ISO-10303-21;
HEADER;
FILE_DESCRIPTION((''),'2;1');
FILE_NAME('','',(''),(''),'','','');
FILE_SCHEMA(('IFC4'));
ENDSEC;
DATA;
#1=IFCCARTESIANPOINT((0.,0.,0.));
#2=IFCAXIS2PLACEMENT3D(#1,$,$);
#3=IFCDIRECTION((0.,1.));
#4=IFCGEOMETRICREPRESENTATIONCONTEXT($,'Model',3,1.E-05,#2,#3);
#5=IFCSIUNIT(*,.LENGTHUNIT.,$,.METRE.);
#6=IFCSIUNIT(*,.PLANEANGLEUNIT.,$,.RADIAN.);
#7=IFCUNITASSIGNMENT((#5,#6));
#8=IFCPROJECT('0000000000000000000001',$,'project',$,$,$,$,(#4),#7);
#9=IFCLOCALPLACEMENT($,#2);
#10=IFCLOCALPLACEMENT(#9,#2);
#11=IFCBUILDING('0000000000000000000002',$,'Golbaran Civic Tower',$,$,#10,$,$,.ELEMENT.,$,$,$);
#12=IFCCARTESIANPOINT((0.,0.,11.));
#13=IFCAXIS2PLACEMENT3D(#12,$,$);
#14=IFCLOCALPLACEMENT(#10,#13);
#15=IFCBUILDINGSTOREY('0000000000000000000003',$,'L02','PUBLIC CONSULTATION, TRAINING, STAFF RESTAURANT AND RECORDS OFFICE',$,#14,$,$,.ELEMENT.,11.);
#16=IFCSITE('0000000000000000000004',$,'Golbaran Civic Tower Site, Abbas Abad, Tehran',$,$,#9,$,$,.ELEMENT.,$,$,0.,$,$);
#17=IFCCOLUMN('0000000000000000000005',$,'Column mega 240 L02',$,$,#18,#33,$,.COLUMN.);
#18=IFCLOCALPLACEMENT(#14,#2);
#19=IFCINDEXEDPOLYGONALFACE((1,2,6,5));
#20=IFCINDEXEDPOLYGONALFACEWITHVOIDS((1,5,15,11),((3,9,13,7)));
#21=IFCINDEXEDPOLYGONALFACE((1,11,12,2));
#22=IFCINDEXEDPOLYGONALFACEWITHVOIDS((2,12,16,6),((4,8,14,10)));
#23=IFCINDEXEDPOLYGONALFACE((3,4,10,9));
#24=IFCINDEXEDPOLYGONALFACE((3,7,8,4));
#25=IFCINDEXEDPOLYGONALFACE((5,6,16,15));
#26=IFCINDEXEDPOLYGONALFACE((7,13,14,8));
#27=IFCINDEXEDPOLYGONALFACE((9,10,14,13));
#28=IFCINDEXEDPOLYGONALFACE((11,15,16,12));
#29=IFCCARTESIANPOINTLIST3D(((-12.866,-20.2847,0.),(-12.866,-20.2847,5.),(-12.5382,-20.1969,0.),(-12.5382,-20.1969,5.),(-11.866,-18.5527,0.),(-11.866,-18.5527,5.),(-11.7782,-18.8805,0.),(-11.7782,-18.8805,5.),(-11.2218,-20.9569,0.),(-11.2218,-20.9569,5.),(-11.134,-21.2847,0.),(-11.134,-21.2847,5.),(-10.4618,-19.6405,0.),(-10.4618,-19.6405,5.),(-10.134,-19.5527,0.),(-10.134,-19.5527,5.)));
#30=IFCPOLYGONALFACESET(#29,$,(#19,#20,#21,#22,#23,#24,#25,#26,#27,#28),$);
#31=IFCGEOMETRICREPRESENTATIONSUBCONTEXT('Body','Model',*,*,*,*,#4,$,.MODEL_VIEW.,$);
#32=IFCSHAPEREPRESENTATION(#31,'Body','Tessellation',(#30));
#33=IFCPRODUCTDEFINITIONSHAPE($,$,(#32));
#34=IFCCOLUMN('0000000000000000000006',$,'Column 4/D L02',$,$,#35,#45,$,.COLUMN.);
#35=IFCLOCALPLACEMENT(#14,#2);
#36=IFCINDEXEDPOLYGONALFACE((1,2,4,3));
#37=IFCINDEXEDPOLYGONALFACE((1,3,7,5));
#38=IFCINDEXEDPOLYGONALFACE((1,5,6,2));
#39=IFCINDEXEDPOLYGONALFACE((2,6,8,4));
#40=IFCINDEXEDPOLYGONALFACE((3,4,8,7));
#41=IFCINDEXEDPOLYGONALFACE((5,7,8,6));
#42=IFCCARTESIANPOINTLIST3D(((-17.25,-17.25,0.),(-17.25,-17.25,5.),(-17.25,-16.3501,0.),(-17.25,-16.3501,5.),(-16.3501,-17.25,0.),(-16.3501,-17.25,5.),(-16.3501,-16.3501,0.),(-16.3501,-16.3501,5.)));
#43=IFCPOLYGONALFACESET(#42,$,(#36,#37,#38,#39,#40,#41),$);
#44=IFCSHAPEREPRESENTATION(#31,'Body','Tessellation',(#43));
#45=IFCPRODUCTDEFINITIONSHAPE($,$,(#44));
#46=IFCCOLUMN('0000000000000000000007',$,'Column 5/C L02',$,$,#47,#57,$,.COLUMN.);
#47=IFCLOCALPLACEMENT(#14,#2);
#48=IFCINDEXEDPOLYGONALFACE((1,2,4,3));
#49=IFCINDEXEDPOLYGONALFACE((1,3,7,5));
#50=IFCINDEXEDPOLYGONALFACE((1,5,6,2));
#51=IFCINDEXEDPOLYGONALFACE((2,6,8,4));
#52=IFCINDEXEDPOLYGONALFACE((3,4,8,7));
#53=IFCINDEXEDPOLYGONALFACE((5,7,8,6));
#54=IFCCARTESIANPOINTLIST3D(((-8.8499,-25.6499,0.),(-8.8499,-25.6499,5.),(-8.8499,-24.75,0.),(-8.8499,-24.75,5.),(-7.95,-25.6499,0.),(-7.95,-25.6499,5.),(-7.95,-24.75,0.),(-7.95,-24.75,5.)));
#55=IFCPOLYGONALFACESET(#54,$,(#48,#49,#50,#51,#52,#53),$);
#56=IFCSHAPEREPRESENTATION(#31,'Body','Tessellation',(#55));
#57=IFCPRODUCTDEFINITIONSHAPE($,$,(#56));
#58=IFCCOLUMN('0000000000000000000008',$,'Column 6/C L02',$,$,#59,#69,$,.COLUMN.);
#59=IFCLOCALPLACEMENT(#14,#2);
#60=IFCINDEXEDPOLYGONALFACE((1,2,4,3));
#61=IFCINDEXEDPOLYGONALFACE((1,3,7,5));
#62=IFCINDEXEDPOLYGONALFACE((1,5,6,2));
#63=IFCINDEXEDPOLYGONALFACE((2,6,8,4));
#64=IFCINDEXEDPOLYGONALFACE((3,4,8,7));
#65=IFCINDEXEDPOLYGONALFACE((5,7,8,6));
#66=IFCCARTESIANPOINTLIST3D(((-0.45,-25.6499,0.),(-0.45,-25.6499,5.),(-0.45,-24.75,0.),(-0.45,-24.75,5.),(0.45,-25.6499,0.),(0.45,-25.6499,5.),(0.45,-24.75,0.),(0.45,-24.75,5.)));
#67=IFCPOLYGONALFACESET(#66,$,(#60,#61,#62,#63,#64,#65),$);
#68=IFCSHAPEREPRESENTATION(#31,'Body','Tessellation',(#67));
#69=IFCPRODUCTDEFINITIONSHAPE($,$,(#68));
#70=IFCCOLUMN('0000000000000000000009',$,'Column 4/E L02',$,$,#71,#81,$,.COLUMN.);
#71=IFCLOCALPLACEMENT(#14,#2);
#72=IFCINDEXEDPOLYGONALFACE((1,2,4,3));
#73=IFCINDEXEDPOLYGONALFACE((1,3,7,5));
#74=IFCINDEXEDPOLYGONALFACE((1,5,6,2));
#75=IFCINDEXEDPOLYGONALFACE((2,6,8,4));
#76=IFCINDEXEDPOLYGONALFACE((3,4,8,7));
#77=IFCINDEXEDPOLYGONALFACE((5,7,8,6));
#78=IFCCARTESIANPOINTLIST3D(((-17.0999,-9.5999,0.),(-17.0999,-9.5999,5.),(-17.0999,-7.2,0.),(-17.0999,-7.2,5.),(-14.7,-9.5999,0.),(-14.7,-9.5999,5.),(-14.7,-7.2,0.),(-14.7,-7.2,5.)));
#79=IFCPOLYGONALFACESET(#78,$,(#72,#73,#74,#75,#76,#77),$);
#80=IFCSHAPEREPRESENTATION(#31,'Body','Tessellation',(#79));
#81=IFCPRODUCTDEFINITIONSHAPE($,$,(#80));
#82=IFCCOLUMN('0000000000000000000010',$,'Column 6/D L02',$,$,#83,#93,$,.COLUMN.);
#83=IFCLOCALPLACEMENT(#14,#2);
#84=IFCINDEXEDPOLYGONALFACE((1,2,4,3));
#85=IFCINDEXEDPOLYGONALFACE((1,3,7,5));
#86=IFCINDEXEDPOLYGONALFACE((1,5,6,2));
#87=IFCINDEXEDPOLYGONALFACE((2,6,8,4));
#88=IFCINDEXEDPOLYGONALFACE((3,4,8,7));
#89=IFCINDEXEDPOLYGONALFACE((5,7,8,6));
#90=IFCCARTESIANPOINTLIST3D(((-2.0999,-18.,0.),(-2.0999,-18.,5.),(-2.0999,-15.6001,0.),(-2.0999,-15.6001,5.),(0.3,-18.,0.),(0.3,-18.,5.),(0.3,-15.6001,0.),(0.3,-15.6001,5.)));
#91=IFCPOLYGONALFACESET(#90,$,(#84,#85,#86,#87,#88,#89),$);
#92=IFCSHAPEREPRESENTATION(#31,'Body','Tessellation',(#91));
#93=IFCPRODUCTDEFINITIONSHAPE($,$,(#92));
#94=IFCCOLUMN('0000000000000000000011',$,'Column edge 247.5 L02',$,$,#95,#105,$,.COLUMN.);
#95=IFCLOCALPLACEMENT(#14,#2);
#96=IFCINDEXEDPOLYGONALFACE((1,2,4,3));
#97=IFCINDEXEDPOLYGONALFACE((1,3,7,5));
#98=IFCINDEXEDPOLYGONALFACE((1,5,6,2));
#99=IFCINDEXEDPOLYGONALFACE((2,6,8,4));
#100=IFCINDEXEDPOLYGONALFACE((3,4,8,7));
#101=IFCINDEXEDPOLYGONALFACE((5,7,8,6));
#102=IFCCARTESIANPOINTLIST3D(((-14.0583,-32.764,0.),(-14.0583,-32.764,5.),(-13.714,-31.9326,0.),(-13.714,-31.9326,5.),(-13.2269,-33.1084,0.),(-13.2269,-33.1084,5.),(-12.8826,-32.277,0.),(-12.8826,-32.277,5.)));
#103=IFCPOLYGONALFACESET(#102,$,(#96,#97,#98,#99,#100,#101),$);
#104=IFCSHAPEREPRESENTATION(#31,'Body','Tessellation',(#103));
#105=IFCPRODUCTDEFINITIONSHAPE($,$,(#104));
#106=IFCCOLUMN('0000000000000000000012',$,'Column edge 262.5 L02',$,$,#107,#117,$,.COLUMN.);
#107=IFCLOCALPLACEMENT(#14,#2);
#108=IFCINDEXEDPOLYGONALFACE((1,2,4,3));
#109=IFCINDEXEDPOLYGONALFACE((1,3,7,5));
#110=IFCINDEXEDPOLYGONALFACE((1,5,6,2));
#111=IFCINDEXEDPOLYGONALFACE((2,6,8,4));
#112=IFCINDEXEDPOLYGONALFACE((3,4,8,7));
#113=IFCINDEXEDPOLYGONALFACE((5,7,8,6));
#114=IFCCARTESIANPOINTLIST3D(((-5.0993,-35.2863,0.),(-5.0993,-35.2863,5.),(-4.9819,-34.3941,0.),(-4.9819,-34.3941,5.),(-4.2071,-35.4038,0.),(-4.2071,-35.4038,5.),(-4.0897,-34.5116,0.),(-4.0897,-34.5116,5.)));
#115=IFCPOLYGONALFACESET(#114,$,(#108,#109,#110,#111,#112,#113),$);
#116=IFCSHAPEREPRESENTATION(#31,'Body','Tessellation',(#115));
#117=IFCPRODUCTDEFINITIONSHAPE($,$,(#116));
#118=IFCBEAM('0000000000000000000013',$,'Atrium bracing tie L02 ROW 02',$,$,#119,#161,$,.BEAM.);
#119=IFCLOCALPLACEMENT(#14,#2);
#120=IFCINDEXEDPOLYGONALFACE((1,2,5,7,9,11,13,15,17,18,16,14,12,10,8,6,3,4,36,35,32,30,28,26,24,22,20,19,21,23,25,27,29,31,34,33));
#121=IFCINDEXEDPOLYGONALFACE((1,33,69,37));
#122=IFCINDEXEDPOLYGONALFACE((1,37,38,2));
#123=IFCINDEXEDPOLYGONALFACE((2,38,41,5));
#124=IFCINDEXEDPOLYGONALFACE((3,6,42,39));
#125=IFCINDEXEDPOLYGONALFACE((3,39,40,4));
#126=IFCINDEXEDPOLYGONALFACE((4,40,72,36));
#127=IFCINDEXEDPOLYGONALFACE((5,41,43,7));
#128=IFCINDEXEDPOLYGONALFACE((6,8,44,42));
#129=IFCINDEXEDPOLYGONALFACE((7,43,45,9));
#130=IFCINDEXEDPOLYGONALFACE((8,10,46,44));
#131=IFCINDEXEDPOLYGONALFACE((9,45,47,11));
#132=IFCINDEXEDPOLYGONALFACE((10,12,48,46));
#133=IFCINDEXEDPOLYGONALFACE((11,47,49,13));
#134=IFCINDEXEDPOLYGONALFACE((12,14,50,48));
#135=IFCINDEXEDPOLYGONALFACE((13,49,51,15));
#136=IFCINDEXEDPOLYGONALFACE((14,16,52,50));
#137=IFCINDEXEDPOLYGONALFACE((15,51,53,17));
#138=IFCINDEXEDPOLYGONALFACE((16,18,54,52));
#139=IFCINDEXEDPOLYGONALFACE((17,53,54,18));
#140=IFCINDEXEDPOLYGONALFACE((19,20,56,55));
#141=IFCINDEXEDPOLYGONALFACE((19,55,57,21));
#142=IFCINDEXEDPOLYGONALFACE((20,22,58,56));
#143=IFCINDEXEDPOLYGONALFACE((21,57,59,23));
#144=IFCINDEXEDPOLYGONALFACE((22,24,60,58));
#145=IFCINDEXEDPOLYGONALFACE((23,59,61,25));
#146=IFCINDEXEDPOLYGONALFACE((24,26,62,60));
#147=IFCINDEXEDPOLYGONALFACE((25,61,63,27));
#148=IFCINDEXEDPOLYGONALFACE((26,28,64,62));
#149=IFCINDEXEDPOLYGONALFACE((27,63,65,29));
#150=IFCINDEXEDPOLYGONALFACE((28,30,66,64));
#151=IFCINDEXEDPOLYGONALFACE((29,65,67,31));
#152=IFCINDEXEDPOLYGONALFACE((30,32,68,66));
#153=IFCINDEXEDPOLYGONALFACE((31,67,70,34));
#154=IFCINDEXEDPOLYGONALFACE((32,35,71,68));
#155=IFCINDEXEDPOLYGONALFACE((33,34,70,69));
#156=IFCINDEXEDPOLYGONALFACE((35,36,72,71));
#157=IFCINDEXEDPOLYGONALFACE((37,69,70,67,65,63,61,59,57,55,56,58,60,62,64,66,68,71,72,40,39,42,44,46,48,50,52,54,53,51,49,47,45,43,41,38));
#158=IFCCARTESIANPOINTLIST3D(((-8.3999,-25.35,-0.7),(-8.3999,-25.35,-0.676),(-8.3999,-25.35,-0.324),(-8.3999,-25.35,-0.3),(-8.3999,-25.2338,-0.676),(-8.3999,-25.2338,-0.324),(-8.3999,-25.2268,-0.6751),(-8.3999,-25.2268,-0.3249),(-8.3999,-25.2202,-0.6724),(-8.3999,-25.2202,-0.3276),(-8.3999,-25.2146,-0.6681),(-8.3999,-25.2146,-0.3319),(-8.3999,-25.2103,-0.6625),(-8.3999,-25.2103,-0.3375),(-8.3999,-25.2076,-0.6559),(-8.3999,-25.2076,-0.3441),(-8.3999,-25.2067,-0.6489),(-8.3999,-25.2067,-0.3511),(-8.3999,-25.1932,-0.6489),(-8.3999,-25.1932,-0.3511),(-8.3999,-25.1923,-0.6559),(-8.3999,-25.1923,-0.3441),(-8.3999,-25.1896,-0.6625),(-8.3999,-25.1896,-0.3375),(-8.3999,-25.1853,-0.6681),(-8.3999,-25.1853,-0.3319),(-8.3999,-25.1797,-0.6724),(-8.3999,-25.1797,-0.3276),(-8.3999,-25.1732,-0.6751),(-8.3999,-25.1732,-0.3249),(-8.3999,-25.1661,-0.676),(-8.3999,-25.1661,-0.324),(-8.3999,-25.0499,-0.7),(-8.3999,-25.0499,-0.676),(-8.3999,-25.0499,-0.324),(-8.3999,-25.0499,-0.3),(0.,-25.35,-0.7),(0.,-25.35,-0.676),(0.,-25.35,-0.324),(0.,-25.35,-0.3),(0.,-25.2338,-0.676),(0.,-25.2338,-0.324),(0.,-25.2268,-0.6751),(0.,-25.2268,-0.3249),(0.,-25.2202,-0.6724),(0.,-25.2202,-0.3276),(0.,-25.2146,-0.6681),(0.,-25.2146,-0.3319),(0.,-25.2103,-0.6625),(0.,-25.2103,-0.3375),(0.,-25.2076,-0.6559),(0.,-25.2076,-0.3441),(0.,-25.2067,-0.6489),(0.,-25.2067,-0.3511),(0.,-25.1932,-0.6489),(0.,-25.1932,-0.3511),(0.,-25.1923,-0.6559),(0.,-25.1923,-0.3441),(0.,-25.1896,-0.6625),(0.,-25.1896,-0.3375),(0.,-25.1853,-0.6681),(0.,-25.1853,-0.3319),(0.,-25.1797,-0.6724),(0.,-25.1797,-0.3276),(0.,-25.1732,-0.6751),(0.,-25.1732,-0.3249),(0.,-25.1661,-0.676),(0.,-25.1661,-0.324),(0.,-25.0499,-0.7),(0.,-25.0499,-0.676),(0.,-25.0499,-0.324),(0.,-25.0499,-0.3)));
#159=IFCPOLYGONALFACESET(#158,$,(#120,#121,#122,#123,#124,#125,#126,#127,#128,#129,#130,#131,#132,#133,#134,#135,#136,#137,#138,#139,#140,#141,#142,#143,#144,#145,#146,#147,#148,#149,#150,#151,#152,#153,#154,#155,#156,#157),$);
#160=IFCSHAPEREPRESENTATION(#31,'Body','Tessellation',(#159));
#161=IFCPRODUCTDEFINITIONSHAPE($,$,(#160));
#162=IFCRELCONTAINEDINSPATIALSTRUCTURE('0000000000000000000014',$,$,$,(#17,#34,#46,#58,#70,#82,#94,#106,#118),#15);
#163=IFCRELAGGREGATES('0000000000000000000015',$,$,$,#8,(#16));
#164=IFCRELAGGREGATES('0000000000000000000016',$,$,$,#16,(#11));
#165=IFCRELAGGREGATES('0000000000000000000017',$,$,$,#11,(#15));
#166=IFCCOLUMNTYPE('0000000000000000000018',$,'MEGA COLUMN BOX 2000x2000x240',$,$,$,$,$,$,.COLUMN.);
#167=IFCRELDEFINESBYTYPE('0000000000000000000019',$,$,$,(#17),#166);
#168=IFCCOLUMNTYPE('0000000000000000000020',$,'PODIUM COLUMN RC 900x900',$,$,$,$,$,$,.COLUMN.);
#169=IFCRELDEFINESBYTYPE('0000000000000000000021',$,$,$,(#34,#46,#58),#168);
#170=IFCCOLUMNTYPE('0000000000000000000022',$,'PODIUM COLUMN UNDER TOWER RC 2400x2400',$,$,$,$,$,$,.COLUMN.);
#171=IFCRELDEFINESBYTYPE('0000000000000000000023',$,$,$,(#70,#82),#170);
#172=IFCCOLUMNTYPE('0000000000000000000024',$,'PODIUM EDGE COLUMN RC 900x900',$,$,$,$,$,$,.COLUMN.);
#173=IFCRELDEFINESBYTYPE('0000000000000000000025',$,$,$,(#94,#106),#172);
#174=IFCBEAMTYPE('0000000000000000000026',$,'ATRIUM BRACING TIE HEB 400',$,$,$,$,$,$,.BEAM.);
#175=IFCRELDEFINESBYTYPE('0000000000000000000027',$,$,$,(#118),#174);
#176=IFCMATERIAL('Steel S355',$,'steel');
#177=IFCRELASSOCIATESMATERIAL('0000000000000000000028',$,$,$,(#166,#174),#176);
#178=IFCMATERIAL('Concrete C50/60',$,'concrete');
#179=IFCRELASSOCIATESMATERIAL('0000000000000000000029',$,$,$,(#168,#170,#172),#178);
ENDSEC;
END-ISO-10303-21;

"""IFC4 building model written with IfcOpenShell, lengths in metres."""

from ifc_helpers import new_model, si_unit, direction, frame, origin, origin_2d, place, context, subcontext, project, spatial, rectangle, hollow_rectangle, i_section, extrude, material, material_profile, profile_set, type_object, element, save


model = new_model("IFC4")

# Units and contexts
model_context = context("Model", 3, precision=1e-05, world=origin(), true_north=direction((0.0, 1.0)))
body_context = subcontext(model_context, "Body", "Model", "MODEL_VIEW")
ifc_project = project(units=[si_unit("LENGTHUNIT", "METRE"), si_unit("PLANEANGLEUNIT", "RADIAN")], contexts=[model_context])

# Site, building, storey
site_placement = place(None, origin())
site = spatial("IfcSite", under=ifc_project, at=site_placement, Name="Golbaran Civic Tower Site, Abbas Abad, Tehran", CompositionType="ELEMENT", RefElevation=0.0)
building_placement = place(site_placement, origin())
building = spatial("IfcBuilding", under=site, at=building_placement, Name="Golbaran Civic Tower", CompositionType="ELEMENT")
storey_placement = place(building_placement, frame((0.0, 0.0, 11.0)))
storey = spatial("IfcBuildingStorey", under=building, at=storey_placement, Name="L02", Description="PUBLIC CONSULTATION, TRAINING, STAFF RESTAURANT AND RECORDS OFFICE", CompositionType="ELEMENT", Elevation=11.0)

# Columns
ifc_material_1 = material(Name="Steel S355", Category="steel")
ifc_material_profile_1 = material_profile(ifc_material_1, hollow_rectangle(XDim=2.0, YDim=2.0, WallThickness=0.24, at=origin_2d()), Name="BOX 2000x2000x240")
ifc_profile_set_1 = profile_set([ifc_material_profile_1], Name="Steel S355")
column_type_1 = type_object("IfcColumnType", Name="MEGA COLUMN BOX 2000x2000x240", PredefinedType="COLUMN", material=ifc_profile_set_1)
column_placement = place(storey_placement, frame((-11.5, -19.9187, 0.0), z_axis=(0.0, 0.0, 1.0), x_axis=(-0.5, -0.866025, 0.0)))
element("IfcColumn", 1, at=column_placement, inside=storey, type_object=column_type_1, Name="Column mega 240 L02", PredefinedType="COLUMN", context=body_context, shape_type="SweptSolid", body=[
    extrude(hollow_rectangle(XDim=2.0, YDim=2.0, WallThickness=0.24, at=origin_2d()), origin(), (0.0, 0.0, 1.0), 5.0),
])
ifc_material_2 = material(Name="Concrete C50/60", Category="concrete")
ifc_material_profile_2 = material_profile(ifc_material_2, rectangle(XDim=0.8999, YDim=0.8999, at=origin_2d()), Name="RC 900x900")
ifc_profile_set_2 = profile_set([ifc_material_profile_2], Name="Concrete C50/60")
column_type_2 = type_object("IfcColumnType", Name="PODIUM COLUMN RC 900x900", PredefinedType="COLUMN", material=ifc_profile_set_2)
for number, where, z_axis, x_axis, name in (
    (2, (-16.8, -16.8, 0.0), (0.0, 0.0, 1.0), (1.0, 0.0, 0.0), "Column 4/D L02"),
    (3, (-8.3999, -25.2, 0.0), (0.0, 0.0, 1.0), (1.0, 0.0, 0.0), "Column 5/C L02"),
    (4, (0.0, -25.2, 0.0), (0.0, 0.0, 1.0), (1.0, 0.0, 0.0), "Column 6/C L02"),
):
    element("IfcColumn", number, at=place(storey_placement, frame(where, z_axis=z_axis, x_axis=x_axis)), inside=storey, type_object=column_type_2, Name=name, PredefinedType="COLUMN", context=body_context, shape_type="SweptSolid", body=[
        extrude(rectangle(XDim=0.8999, YDim=0.8999, at=origin_2d()), origin(), (0.0, 0.0, 1.0), 5.0),
    ])
ifc_material_profile_3 = material_profile(ifc_material_2, rectangle(XDim=2.3999, YDim=2.3999, at=origin_2d()), Name="RC 2400x2400")
ifc_profile_set_3 = profile_set([ifc_material_profile_3], Name="Concrete C50/60")
column_type_3 = type_object("IfcColumnType", Name="PODIUM COLUMN UNDER TOWER RC 2400x2400", PredefinedType="COLUMN", material=ifc_profile_set_3)
for number, where, z_axis, x_axis, name in (
    (5, (-15.8999, -8.3999, 0.0), (0.0, 0.0, 1.0), (1.0, 0.0, 0.0), "Column 4/E L02"),
    (6, (-0.8999, -16.8, 0.0), (0.0, 0.0, 1.0), (1.0, 0.0, 0.0), "Column 6/D L02"),
):
    element("IfcColumn", number, at=place(storey_placement, frame(where, z_axis=z_axis, x_axis=x_axis)), inside=storey, type_object=column_type_3, Name=name, PredefinedType="COLUMN", context=body_context, shape_type="SweptSolid", body=[
        extrude(rectangle(XDim=2.3999, YDim=2.3999, at=origin_2d()), origin(), (0.0, 0.0, 1.0), 5.0),
    ])
ifc_material_profile_4 = material_profile(ifc_material_2, rectangle(XDim=0.8999, YDim=0.8999, at=origin_2d()), Name="RC 900x900")
ifc_profile_set_4 = profile_set([ifc_material_profile_4], Name="Concrete C50/60")
column_type_4 = type_object("IfcColumnType", Name="PODIUM EDGE COLUMN RC 900x900", PredefinedType="COLUMN", material=ifc_profile_set_4)
for number, where, z_axis, x_axis, name in (
    (7, (-13.4705, -32.5205, 0.0), (0.0, 0.0, 1.0), (-0.382683, -0.92388, 0.0), "Column edge 247.5 L02"),
    (8, (-4.5945, -34.8989, 0.0), (0.0, 0.0, 1.0), (-0.130526, -0.991445, 0.0), "Column edge 262.5 L02"),
):
    element("IfcColumn", number, at=place(storey_placement, frame(where, z_axis=z_axis, x_axis=x_axis)), inside=storey, type_object=column_type_4, Name=name, PredefinedType="COLUMN", context=body_context, shape_type="SweptSolid", body=[
        extrude(rectangle(XDim=0.8999, YDim=0.8999, at=origin_2d()), origin(), (0.0, 0.0, 1.0), 5.0),
    ])

# Beam
ifc_material_profile_5 = material_profile(ifc_material_1, i_section(OverallWidth=0.3, OverallDepth=0.3999, WebThickness=0.0134, FlangeThickness=0.0239, FilletRadius=0.0271, at=origin_2d()), Name="HEB 400")
ifc_profile_set_5 = profile_set([ifc_material_profile_5], Name="Steel S355")
beam_type = type_object("IfcBeamType", Name="ATRIUM BRACING TIE HEB 400", PredefinedType="BEAM", material=ifc_profile_set_5)
beam_1_placement = place(storey_placement, frame((-8.3999, -25.2, -0.5), z_axis=(1.0, 0.0, 0.0), x_axis=(0.0, 1.0, 0.0)))
element("IfcBeam", 9, at=beam_1_placement, inside=storey, type_object=beam_type, Name="Atrium bracing tie L02 ROW 02", PredefinedType="BEAM", context=body_context, shape_type="SweptSolid", body=[
    extrude(i_section(OverallWidth=0.3, OverallDepth=0.3999, WebThickness=0.0134, FlangeThickness=0.0239, FilletRadius=0.0271, at=origin_2d()), origin(), (0.0, 0.0, 1.0), 8.3999),
])

save(model, "model.ifc")
